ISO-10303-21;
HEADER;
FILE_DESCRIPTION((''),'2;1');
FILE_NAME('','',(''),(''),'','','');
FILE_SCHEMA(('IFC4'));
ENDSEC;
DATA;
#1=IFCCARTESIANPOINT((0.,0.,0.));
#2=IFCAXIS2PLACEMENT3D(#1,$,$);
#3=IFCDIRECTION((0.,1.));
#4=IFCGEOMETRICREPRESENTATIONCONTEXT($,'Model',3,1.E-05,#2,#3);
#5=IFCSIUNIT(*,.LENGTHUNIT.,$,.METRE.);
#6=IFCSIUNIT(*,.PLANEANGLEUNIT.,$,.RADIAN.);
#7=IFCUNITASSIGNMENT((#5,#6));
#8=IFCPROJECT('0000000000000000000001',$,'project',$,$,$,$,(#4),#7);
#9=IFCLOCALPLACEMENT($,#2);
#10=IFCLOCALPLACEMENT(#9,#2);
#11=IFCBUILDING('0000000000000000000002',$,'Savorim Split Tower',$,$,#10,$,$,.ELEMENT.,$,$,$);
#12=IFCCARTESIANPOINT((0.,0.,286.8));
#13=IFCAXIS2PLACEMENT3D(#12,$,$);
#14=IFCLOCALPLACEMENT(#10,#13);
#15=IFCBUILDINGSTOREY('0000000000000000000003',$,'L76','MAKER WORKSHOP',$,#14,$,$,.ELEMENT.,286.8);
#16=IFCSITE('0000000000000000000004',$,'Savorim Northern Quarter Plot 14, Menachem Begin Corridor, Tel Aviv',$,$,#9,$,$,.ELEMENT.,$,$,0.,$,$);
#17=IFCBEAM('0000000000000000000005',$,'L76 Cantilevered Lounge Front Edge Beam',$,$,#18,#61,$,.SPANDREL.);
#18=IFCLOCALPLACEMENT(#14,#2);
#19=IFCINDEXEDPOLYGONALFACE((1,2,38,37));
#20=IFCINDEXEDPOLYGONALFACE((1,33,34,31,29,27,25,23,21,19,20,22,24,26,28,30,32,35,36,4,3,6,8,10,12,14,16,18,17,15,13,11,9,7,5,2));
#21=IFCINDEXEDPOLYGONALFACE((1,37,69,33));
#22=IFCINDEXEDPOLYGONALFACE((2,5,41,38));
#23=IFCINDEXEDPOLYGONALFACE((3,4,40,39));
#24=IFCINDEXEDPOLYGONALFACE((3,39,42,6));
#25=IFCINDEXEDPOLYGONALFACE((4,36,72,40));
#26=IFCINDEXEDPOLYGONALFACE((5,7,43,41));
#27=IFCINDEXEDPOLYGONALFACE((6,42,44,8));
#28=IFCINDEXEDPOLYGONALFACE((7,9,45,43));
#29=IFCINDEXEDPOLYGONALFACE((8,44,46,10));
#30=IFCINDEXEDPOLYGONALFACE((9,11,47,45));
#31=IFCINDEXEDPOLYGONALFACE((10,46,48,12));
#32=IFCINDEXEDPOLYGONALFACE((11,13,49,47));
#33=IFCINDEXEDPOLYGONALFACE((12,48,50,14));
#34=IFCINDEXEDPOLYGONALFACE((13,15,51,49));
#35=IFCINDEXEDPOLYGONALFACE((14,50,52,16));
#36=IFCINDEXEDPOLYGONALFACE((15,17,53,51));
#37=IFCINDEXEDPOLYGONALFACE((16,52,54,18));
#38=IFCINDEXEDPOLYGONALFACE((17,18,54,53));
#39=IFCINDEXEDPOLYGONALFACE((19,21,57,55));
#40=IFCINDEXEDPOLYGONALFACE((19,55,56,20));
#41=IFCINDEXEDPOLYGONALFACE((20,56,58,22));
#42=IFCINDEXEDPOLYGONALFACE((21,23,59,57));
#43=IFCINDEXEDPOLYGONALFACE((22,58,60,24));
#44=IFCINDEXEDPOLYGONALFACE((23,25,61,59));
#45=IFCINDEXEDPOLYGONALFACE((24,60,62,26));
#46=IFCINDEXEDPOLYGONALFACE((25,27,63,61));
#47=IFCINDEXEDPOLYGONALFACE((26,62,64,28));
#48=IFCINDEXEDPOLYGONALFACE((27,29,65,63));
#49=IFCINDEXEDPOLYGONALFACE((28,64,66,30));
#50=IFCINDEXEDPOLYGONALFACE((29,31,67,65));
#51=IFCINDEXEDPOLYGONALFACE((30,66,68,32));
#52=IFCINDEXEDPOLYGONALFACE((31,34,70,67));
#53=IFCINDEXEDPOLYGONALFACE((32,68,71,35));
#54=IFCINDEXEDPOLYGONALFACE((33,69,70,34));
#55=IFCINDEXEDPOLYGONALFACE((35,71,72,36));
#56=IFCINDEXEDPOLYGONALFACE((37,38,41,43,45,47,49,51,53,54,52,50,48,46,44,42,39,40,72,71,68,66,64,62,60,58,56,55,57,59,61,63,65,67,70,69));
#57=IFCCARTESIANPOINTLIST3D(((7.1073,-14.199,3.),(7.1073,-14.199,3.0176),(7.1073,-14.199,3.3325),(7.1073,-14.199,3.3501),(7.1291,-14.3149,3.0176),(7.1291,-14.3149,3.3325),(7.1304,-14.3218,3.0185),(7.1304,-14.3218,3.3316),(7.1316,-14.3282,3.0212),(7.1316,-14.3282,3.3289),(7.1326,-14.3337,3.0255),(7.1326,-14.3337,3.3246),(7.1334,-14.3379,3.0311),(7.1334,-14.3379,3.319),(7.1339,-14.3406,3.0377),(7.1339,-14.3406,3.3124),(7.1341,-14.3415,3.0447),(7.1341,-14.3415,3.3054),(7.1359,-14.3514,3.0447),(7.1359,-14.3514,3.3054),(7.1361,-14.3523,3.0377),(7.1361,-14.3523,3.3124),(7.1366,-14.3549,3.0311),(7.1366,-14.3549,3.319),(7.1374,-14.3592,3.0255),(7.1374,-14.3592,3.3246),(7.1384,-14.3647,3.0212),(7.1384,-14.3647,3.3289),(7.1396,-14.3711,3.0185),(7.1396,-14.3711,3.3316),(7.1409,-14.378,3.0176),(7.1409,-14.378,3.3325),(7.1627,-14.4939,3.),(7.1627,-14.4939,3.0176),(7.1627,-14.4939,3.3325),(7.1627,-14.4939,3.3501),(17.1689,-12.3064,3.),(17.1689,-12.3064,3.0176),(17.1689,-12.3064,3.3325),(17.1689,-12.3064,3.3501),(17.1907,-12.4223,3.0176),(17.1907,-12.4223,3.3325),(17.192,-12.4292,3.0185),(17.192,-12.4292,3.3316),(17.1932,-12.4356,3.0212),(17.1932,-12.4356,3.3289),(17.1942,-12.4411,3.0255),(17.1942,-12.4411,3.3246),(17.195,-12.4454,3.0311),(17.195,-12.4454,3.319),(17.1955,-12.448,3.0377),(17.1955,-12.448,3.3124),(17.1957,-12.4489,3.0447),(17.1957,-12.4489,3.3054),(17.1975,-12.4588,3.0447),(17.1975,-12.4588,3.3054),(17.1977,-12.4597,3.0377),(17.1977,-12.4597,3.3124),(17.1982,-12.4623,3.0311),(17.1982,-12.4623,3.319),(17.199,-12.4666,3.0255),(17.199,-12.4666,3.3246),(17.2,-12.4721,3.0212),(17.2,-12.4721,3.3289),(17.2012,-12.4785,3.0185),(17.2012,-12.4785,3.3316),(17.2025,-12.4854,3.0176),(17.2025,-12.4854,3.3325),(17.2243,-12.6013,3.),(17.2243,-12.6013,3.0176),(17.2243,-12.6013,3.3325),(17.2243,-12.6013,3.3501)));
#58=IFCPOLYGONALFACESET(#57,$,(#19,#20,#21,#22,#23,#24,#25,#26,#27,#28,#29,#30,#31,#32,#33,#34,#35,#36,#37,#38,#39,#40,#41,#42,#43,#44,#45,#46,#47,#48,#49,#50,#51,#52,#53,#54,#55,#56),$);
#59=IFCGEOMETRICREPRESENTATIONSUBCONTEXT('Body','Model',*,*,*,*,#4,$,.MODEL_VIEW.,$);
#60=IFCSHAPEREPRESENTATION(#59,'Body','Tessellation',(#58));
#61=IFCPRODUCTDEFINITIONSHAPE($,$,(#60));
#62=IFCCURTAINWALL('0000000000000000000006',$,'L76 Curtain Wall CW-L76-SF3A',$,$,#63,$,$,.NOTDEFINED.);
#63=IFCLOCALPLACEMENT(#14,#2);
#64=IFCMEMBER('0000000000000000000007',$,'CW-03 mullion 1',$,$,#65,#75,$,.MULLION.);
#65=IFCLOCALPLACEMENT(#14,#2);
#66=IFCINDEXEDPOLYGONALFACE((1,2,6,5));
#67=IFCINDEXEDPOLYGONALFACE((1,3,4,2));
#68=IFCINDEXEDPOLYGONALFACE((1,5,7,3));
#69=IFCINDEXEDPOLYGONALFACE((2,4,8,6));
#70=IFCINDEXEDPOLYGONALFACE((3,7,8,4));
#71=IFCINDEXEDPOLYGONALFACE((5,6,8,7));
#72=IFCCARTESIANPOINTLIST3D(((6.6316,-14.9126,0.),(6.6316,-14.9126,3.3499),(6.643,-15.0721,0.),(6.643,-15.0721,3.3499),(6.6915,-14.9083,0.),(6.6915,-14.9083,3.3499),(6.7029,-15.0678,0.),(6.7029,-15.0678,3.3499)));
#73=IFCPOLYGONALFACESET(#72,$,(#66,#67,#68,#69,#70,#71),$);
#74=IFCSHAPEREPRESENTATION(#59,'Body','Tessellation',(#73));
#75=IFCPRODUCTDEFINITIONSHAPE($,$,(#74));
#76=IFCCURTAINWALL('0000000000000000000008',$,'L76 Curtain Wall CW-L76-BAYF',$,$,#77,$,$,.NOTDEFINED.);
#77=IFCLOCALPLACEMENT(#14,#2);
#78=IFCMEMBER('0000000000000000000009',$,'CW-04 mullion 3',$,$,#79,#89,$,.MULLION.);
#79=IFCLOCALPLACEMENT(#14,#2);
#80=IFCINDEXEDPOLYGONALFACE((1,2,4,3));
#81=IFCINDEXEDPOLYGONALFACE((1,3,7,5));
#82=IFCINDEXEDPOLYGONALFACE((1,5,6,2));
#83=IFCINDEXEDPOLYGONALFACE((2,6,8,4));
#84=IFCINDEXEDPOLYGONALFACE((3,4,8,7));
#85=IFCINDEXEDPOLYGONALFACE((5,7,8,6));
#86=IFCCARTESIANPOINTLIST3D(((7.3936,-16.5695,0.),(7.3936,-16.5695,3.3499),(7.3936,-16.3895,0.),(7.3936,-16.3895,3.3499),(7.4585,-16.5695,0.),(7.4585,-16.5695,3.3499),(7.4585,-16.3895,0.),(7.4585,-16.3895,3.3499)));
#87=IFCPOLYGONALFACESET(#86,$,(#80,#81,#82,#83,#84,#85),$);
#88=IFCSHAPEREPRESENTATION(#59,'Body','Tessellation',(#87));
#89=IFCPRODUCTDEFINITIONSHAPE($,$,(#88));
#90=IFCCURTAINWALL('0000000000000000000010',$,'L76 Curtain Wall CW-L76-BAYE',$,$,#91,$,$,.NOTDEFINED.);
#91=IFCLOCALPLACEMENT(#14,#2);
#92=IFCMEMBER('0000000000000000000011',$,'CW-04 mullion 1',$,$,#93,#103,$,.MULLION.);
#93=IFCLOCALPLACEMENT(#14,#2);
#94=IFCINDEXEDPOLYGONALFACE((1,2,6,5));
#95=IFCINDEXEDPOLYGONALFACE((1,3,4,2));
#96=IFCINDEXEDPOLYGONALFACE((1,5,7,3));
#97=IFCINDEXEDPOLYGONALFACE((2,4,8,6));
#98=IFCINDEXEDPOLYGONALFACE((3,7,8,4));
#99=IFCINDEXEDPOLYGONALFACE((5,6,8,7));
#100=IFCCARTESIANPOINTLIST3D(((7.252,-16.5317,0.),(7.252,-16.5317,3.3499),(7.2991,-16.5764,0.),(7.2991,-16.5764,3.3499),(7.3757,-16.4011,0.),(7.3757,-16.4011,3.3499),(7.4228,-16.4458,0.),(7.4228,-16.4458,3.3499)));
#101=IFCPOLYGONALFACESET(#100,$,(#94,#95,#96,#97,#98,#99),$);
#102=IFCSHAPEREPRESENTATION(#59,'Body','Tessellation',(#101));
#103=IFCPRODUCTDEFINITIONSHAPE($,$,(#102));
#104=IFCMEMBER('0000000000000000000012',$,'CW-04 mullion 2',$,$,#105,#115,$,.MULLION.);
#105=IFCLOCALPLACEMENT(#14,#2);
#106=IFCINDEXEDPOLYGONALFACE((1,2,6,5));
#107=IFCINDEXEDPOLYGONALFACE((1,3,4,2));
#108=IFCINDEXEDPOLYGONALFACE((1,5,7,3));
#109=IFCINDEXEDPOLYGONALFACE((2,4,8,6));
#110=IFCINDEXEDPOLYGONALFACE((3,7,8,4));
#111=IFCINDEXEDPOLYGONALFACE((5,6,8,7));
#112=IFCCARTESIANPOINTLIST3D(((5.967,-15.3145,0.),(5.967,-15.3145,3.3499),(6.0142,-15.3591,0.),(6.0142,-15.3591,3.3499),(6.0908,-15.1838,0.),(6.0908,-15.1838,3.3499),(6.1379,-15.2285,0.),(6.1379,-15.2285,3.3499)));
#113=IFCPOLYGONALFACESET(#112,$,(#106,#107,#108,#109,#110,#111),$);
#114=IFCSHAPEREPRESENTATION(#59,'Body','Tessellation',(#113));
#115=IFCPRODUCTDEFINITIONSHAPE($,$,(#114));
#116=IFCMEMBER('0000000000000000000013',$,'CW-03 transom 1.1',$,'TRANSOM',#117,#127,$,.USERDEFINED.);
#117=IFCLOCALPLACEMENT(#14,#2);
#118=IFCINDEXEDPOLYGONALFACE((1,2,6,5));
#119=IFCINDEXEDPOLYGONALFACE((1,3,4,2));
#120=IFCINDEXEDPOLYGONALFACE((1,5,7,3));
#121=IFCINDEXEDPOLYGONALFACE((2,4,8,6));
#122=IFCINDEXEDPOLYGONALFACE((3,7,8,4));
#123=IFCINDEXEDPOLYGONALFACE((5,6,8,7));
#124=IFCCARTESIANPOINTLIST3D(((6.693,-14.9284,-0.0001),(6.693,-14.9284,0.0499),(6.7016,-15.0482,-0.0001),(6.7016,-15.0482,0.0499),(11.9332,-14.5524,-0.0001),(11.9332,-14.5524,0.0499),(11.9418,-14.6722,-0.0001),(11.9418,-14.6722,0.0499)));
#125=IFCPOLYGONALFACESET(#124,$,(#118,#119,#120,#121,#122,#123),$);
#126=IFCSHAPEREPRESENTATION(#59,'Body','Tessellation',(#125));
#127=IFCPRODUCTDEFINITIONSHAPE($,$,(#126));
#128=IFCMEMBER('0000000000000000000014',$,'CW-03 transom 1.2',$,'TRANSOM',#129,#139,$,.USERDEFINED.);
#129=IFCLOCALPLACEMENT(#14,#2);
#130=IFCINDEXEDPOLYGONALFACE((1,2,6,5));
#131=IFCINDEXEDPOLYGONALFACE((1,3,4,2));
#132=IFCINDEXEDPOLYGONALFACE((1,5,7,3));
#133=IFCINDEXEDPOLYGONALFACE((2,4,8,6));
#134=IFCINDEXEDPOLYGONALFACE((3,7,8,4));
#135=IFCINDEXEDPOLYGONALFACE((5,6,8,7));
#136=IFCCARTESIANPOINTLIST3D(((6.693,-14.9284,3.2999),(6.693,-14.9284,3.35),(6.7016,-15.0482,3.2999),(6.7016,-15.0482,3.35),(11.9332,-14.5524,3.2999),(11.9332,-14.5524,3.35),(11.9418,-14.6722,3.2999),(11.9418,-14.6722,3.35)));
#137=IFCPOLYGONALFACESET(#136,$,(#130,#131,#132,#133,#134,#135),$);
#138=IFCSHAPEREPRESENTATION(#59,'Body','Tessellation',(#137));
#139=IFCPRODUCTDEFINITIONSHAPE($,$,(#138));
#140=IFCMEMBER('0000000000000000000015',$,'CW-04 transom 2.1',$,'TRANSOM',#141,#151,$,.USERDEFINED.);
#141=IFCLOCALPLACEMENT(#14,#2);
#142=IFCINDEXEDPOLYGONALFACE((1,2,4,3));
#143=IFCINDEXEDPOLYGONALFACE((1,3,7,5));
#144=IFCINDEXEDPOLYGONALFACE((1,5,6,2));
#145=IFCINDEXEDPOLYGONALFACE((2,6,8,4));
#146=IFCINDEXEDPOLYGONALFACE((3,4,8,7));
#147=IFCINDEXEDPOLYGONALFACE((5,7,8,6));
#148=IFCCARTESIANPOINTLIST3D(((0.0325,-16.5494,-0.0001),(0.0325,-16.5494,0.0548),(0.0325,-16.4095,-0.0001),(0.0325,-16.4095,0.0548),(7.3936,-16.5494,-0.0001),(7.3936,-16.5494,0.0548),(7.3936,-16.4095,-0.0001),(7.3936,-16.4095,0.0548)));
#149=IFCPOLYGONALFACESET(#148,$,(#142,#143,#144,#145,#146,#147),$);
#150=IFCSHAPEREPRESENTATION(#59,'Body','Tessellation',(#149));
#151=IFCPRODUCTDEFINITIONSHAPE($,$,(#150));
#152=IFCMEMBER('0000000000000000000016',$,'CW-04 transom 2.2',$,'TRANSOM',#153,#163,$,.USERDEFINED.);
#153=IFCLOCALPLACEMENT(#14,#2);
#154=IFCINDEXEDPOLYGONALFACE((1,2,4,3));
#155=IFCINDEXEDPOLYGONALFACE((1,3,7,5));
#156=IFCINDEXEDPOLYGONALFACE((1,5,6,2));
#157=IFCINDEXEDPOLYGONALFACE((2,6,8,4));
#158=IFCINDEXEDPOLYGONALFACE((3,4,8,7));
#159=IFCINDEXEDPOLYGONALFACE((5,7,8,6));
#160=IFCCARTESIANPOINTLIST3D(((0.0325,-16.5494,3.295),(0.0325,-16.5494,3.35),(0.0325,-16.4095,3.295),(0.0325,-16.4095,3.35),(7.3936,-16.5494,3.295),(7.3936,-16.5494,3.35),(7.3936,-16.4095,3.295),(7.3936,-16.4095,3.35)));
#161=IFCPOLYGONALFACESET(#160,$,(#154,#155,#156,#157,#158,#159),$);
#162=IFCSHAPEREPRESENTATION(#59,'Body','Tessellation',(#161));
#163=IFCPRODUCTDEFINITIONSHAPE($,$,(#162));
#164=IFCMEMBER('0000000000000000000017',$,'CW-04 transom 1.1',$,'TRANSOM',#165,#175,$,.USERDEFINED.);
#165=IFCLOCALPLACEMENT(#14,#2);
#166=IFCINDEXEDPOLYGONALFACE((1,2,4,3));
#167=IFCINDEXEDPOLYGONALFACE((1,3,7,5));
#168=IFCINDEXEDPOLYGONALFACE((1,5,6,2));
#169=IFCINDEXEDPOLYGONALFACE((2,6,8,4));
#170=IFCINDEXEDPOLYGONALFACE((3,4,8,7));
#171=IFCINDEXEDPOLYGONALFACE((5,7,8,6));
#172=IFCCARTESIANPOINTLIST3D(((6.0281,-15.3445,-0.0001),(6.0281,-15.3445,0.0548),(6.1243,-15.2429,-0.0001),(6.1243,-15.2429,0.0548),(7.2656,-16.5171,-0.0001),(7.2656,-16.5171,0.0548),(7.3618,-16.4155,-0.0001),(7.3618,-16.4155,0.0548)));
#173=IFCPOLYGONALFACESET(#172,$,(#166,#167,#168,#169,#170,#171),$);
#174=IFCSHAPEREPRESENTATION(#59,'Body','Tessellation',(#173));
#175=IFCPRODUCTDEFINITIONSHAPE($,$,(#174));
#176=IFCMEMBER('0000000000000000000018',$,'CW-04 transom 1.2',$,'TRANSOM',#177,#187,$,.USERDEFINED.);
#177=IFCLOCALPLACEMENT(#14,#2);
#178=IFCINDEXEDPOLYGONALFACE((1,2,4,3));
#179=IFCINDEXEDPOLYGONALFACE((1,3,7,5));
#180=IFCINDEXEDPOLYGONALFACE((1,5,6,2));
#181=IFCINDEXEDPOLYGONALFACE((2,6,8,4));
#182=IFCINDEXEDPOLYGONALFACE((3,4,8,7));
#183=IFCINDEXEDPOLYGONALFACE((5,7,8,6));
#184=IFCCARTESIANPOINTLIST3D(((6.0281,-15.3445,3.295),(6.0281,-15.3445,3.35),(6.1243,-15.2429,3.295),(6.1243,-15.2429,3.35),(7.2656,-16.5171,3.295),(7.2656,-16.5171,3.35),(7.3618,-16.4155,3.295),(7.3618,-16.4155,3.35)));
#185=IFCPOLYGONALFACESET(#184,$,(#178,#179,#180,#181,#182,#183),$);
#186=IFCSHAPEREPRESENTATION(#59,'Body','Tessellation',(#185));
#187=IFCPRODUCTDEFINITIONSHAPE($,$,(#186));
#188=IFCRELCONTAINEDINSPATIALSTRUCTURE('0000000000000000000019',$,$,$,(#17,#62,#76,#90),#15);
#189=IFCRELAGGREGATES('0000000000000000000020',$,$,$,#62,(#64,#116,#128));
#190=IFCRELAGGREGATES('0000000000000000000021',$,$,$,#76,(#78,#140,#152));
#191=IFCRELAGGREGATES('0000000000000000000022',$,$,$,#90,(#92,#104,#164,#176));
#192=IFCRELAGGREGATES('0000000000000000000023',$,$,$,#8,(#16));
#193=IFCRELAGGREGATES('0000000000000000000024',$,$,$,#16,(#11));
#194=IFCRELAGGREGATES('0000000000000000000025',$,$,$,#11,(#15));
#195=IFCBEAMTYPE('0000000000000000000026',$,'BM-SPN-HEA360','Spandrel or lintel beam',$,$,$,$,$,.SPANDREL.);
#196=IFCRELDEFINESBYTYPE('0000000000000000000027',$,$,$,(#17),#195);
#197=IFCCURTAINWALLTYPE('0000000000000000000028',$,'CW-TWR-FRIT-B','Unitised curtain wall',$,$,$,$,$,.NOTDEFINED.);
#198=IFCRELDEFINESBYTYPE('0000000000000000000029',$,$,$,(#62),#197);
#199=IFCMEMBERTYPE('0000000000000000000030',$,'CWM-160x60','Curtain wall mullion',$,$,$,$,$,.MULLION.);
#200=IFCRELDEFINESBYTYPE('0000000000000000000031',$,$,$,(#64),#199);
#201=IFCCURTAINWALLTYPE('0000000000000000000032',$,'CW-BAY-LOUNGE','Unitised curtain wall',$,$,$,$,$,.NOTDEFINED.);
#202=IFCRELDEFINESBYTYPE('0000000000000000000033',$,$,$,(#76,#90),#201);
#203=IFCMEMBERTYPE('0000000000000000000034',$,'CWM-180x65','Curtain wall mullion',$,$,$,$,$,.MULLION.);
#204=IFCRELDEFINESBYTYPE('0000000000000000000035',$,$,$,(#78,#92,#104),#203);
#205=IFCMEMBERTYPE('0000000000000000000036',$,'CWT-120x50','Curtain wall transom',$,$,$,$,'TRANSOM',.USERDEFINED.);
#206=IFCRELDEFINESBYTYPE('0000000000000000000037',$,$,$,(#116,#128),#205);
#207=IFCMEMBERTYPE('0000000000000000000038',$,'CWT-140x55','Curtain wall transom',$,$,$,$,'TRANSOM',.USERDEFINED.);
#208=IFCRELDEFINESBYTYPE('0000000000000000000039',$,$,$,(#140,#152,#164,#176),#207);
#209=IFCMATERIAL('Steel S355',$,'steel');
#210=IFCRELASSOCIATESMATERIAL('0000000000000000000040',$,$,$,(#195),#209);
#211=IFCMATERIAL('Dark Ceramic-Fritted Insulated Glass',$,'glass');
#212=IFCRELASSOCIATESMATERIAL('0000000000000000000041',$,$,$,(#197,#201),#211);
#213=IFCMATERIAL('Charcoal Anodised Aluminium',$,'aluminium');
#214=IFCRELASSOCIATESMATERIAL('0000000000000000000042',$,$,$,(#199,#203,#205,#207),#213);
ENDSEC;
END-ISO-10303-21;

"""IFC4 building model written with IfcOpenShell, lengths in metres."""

from ifc_helpers import new_model, si_unit, direction, frame, origin, origin_2d, place, context, subcontext, project, spatial, rectangle, i_section, extrude, material, material_profile, profile_set, type_object, element, aggregate, save


model = new_model("IFC4")

# Units and contexts
model_context = context("Model", 3, precision=1e-05, world=origin(), true_north=direction((0.0, 1.0)))
body_context = subcontext(model_context, "Body", "Model", "MODEL_VIEW")
ifc_project = project(units=[si_unit("LENGTHUNIT", "METRE"), si_unit("PLANEANGLEUNIT", "RADIAN")], contexts=[model_context])

# Site, building, storey
site_placement = place(None, origin())
site = spatial("IfcSite", under=ifc_project, at=site_placement, Name="Savorim Northern Quarter Plot 14, Menachem Begin Corridor, Tel Aviv", CompositionType="ELEMENT", RefElevation=0.0)
building_placement = place(site_placement, origin())
building = spatial("IfcBuilding", under=site, at=building_placement, Name="Savorim Split Tower", CompositionType="ELEMENT")
storey_placement = place(building_placement, frame((0.0, 0.0, 286.8)))
storey = spatial("IfcBuildingStorey", under=building, at=storey_placement, Name="L76", Description="MAKER WORKSHOP", CompositionType="ELEMENT", Elevation=286.8)

# Beam
ifc_material_1 = material(Name="Steel S355", Category="steel")
ifc_material_profile_1 = material_profile(ifc_material_1, i_section(OverallWidth=0.3, OverallDepth=0.3501, WebThickness=0.01, FlangeThickness=0.0176, FilletRadius=0.0271, at=origin_2d()), Name="HEA 360")
ifc_profile_set_1 = profile_set([ifc_material_profile_1], Name="Steel S355")
beam_type = type_object("IfcBeamType", Name="BM-SPN-HEA360", Description="Spandrel or lintel beam", PredefinedType="SPANDREL", material=ifc_profile_set_1)
beam_placement = place(storey_placement, frame((7.135, -14.3464, 3.175), z_axis=(0.982765, 0.184859, 0.0), x_axis=(-0.184859, 0.982765, 0.0)))
element("IfcBeam", 1, at=beam_placement, inside=storey, type_object=beam_type, Name="L76 Cantilevered Lounge Front Edge Beam", PredefinedType="SPANDREL", context=body_context, shape_type="SweptSolid", body=[
    extrude(i_section(OverallWidth=0.3, OverallDepth=0.3501, WebThickness=0.01, FlangeThickness=0.0176, FilletRadius=0.0271, at=origin_2d()), origin(), (0.0, 0.0, 1.0), 10.238),
])

# Curtain walls, members
ifc_material_2 = material(Name="Dark Ceramic-Fritted Insulated Glass", Category="glass")
curtain_wall_type_1 = type_object("IfcCurtainWallType", Name="CW-TWR-FRIT-B", Description="Unitised curtain wall", PredefinedType="NOTDEFINED", material=ifc_material_2)
curtain_wall_1_placement = place(storey_placement, origin())
curtain_wall_1 = element("IfcCurtainWall", 2, at=curtain_wall_1_placement, inside=storey, type_object=curtain_wall_type_1, Name="L76 Curtain Wall CW-L76-SF3A", PredefinedType="NOTDEFINED")
ifc_material_3 = material(Name="Charcoal Anodised Aluminium", Category="aluminium")
ifc_material_profile_2 = material_profile(ifc_material_3, rectangle(XDim=0.1599, YDim=0.0601, at=origin_2d()), Name="ALU-M 160x60")
ifc_profile_set_2 = profile_set([ifc_material_profile_2], Name="Charcoal Anodised Aluminium")
member_type_1 = type_object("IfcMemberType", Name="CWM-160x60", Description="Curtain wall mullion", PredefinedType="MULLION", material=ifc_profile_set_2)
member_1_placement = place(storey_placement, frame((6.6672, -14.9902, 0.0), z_axis=(0.0, 0.0, 1.0), x_axis=(-0.07155, 0.997437, 0.0)))
member_1 = element("IfcMember", 3, at=member_1_placement, type_object=member_type_1, Name="CW-03 mullion 1", PredefinedType="MULLION", context=body_context, shape_type="SweptSolid", body=[
    extrude(rectangle(XDim=0.1599, YDim=0.0601, at=origin_2d()), origin(), (0.0, 0.0, 1.0), 3.3499),
])
curtain_wall_type_2 = type_object("IfcCurtainWallType", Name="CW-BAY-LOUNGE", Description="Unitised curtain wall", PredefinedType="NOTDEFINED", material=ifc_material_2)
curtain_wall_2_placement = place(storey_placement, origin())
curtain_wall_2 = element("IfcCurtainWall", 4, at=curtain_wall_2_placement, inside=storey, type_object=curtain_wall_type_2, Name="L76 Curtain Wall CW-L76-BAYF", PredefinedType="NOTDEFINED")
ifc_material_profile_3 = material_profile(ifc_material_3, rectangle(XDim=0.1799, YDim=0.0649, at=origin_2d()), Name="ALU-M 180x65")
ifc_profile_set_3 = profile_set([ifc_material_profile_3], Name="Charcoal Anodised Aluminium")
member_type_2 = type_object("IfcMemberType", Name="CWM-180x65", Description="Curtain wall mullion", PredefinedType="MULLION", material=ifc_profile_set_3)
member_2_placement = place(storey_placement, frame((7.426, -16.4795, 0.0), z_axis=(0.0, 0.0, 1.0), x_axis=(0.0, 1.0, 0.0)))
member_2 = element("IfcMember", 5, at=member_2_placement, type_object=member_type_2, Name="CW-04 mullion 3", PredefinedType="MULLION", context=body_context, shape_type="SweptSolid", body=[
    extrude(rectangle(XDim=0.1799, YDim=0.0649, at=origin_2d()), origin(), (0.0, 0.0, 1.0), 3.3499),
])

# Curtain wall, members
curtain_wall_3_placement = place(storey_placement, origin())
curtain_wall_3 = element("IfcCurtainWall", 6, at=curtain_wall_3_placement, inside=storey, type_object=curtain_wall_type_2, Name="L76 Curtain Wall CW-L76-BAYE", PredefinedType="NOTDEFINED")
member_3_placement = place(storey_placement, frame((7.3374, -16.4888, 0.0), z_axis=(0.0, 0.0, 1.0), x_axis=(-0.687748, -0.72595, 0.0)))
member_3 = element("IfcMember", 7, at=member_3_placement, type_object=member_type_2, Name="CW-04 mullion 1", PredefinedType="MULLION", context=body_context, shape_type="SweptSolid", body=[
    extrude(rectangle(XDim=0.1799, YDim=0.0649, at=origin_2d()), origin(), (0.0, 0.0, 1.0), 3.3499),
])
member_4_placement = place(storey_placement, frame((6.0525, -15.2715, 0.0), z_axis=(0.0, 0.0, 1.0), x_axis=(-0.687748, -0.72595, 0.0)))
member_4 = element("IfcMember", 8, at=member_4_placement, type_object=member_type_2, Name="CW-04 mullion 2", PredefinedType="MULLION", context=body_context, shape_type="SweptSolid", body=[
    extrude(rectangle(XDim=0.1799, YDim=0.0649, at=origin_2d()), origin(), (0.0, 0.0, 1.0), 3.3499),
])

# Members
ifc_material_profile_4 = material_profile(ifc_material_3, rectangle(XDim=0.1201, YDim=0.05, at=origin_2d()), Name="ALU-T 120x50")
ifc_profile_set_4 = profile_set([ifc_material_profile_4], Name="Charcoal Anodised Aluminium")
member_type_3 = type_object("IfcMemberType", Name="CWT-120x50", Description="Curtain wall transom", ElementType="TRANSOM", PredefinedType="USERDEFINED", material=ifc_profile_set_4)
member_5_placement = place(storey_placement, frame((6.6973, -14.9883, 0.0249), z_axis=(0.997436, 0.071564, 0.0), x_axis=(-0.071564, 0.997436, 0.0)))
member_5 = element("IfcMember", 9, at=member_5_placement, type_object=member_type_3, Name="CW-03 transom 1.1", ObjectType="TRANSOM", PredefinedType="USERDEFINED", context=body_context, shape_type="SweptSolid", body=[
    extrude(rectangle(XDim=0.1201, YDim=0.05, at=origin_2d()), origin(), (0.0, 0.0, 1.0), 5.2537),
])
member_6_placement = place(storey_placement, frame((6.6973, -14.9883, 3.325), z_axis=(0.997436, 0.071564, 0.0), x_axis=(-0.071564, 0.997436, 0.0)))
member_6 = element("IfcMember", 10, at=member_6_placement, type_object=member_type_3, Name="CW-03 transom 1.2", ObjectType="TRANSOM", PredefinedType="USERDEFINED", context=body_context, shape_type="SweptSolid", body=[
    extrude(rectangle(XDim=0.1201, YDim=0.05, at=origin_2d()), origin(), (0.0, 0.0, 1.0), 5.2537),
])
ifc_material_profile_5 = material_profile(ifc_material_3, rectangle(XDim=0.1399, YDim=0.0549, at=origin_2d()), Name="ALU-T 140x55")
ifc_profile_set_5 = profile_set([ifc_material_profile_5], Name="Charcoal Anodised Aluminium")
member_type_4 = type_object("IfcMemberType", Name="CWT-140x55", Description="Curtain wall transom", ElementType="TRANSOM", PredefinedType="USERDEFINED", material=ifc_profile_set_5)
member_7_placement = place(storey_placement, frame((0.0325, -16.4795, 0.0273), z_axis=(1.0, 0.0, 0.0), x_axis=(0.0, 1.0, 0.0)))
member_7 = element("IfcMember", 11, at=member_7_placement, type_object=member_type_4, Name="CW-04 transom 2.1", ObjectType="TRANSOM", PredefinedType="USERDEFINED", context=body_context, shape_type="SweptSolid", body=[
    extrude(rectangle(XDim=0.1399, YDim=0.0549, at=origin_2d()), origin(), (0.0, 0.0, 1.0), 7.3611),
])
member_8_placement = place(storey_placement, frame((0.0325, -16.4795, 3.3225), z_axis=(1.0, 0.0, 0.0), x_axis=(0.0, 1.0, 0.0)))
member_8 = element("IfcMember", 12, at=member_8_placement, type_object=member_type_4, Name="CW-04 transom 2.2", ObjectType="TRANSOM", PredefinedType="USERDEFINED", context=body_context, shape_type="SweptSolid", body=[
    extrude(rectangle(XDim=0.1399, YDim=0.0549, at=origin_2d()), origin(), (0.0, 0.0, 1.0), 7.3611),
])
member_9_placement = place(storey_placement, frame((7.3137, -16.4663, 0.0273), z_axis=(-0.725896, 0.687804, 0.0), x_axis=(-0.687804, -0.725896, 0.0)))
member_9 = element("IfcMember", 13, at=member_9_placement, type_object=member_type_4, Name="CW-04 transom 1.1", ObjectType="TRANSOM", PredefinedType="USERDEFINED", context=body_context, shape_type="SweptSolid", body=[
    extrude(rectangle(XDim=0.1399, YDim=0.0549, at=origin_2d()), origin(), (0.0, 0.0, 1.0), 1.7048),
])
member_10_placement = place(storey_placement, frame((7.3137, -16.4663, 3.3225), z_axis=(-0.725896, 0.687804, 0.0), x_axis=(-0.687804, -0.725896, 0.0)))
member_10 = element("IfcMember", 14, at=member_10_placement, type_object=member_type_4, Name="CW-04 transom 1.2", ObjectType="TRANSOM", PredefinedType="USERDEFINED", context=body_context, shape_type="SweptSolid", body=[
    extrude(rectangle(XDim=0.1399, YDim=0.0549, at=origin_2d()), origin(), (0.0, 0.0, 1.0), 1.7048),
])

aggregate(curtain_wall_1, [member_1, member_5, member_6])
aggregate(curtain_wall_2, [member_2, member_7, member_8])
aggregate(curtain_wall_3, [member_3, member_4, member_9, member_10])

save(model, "model.ifc")
